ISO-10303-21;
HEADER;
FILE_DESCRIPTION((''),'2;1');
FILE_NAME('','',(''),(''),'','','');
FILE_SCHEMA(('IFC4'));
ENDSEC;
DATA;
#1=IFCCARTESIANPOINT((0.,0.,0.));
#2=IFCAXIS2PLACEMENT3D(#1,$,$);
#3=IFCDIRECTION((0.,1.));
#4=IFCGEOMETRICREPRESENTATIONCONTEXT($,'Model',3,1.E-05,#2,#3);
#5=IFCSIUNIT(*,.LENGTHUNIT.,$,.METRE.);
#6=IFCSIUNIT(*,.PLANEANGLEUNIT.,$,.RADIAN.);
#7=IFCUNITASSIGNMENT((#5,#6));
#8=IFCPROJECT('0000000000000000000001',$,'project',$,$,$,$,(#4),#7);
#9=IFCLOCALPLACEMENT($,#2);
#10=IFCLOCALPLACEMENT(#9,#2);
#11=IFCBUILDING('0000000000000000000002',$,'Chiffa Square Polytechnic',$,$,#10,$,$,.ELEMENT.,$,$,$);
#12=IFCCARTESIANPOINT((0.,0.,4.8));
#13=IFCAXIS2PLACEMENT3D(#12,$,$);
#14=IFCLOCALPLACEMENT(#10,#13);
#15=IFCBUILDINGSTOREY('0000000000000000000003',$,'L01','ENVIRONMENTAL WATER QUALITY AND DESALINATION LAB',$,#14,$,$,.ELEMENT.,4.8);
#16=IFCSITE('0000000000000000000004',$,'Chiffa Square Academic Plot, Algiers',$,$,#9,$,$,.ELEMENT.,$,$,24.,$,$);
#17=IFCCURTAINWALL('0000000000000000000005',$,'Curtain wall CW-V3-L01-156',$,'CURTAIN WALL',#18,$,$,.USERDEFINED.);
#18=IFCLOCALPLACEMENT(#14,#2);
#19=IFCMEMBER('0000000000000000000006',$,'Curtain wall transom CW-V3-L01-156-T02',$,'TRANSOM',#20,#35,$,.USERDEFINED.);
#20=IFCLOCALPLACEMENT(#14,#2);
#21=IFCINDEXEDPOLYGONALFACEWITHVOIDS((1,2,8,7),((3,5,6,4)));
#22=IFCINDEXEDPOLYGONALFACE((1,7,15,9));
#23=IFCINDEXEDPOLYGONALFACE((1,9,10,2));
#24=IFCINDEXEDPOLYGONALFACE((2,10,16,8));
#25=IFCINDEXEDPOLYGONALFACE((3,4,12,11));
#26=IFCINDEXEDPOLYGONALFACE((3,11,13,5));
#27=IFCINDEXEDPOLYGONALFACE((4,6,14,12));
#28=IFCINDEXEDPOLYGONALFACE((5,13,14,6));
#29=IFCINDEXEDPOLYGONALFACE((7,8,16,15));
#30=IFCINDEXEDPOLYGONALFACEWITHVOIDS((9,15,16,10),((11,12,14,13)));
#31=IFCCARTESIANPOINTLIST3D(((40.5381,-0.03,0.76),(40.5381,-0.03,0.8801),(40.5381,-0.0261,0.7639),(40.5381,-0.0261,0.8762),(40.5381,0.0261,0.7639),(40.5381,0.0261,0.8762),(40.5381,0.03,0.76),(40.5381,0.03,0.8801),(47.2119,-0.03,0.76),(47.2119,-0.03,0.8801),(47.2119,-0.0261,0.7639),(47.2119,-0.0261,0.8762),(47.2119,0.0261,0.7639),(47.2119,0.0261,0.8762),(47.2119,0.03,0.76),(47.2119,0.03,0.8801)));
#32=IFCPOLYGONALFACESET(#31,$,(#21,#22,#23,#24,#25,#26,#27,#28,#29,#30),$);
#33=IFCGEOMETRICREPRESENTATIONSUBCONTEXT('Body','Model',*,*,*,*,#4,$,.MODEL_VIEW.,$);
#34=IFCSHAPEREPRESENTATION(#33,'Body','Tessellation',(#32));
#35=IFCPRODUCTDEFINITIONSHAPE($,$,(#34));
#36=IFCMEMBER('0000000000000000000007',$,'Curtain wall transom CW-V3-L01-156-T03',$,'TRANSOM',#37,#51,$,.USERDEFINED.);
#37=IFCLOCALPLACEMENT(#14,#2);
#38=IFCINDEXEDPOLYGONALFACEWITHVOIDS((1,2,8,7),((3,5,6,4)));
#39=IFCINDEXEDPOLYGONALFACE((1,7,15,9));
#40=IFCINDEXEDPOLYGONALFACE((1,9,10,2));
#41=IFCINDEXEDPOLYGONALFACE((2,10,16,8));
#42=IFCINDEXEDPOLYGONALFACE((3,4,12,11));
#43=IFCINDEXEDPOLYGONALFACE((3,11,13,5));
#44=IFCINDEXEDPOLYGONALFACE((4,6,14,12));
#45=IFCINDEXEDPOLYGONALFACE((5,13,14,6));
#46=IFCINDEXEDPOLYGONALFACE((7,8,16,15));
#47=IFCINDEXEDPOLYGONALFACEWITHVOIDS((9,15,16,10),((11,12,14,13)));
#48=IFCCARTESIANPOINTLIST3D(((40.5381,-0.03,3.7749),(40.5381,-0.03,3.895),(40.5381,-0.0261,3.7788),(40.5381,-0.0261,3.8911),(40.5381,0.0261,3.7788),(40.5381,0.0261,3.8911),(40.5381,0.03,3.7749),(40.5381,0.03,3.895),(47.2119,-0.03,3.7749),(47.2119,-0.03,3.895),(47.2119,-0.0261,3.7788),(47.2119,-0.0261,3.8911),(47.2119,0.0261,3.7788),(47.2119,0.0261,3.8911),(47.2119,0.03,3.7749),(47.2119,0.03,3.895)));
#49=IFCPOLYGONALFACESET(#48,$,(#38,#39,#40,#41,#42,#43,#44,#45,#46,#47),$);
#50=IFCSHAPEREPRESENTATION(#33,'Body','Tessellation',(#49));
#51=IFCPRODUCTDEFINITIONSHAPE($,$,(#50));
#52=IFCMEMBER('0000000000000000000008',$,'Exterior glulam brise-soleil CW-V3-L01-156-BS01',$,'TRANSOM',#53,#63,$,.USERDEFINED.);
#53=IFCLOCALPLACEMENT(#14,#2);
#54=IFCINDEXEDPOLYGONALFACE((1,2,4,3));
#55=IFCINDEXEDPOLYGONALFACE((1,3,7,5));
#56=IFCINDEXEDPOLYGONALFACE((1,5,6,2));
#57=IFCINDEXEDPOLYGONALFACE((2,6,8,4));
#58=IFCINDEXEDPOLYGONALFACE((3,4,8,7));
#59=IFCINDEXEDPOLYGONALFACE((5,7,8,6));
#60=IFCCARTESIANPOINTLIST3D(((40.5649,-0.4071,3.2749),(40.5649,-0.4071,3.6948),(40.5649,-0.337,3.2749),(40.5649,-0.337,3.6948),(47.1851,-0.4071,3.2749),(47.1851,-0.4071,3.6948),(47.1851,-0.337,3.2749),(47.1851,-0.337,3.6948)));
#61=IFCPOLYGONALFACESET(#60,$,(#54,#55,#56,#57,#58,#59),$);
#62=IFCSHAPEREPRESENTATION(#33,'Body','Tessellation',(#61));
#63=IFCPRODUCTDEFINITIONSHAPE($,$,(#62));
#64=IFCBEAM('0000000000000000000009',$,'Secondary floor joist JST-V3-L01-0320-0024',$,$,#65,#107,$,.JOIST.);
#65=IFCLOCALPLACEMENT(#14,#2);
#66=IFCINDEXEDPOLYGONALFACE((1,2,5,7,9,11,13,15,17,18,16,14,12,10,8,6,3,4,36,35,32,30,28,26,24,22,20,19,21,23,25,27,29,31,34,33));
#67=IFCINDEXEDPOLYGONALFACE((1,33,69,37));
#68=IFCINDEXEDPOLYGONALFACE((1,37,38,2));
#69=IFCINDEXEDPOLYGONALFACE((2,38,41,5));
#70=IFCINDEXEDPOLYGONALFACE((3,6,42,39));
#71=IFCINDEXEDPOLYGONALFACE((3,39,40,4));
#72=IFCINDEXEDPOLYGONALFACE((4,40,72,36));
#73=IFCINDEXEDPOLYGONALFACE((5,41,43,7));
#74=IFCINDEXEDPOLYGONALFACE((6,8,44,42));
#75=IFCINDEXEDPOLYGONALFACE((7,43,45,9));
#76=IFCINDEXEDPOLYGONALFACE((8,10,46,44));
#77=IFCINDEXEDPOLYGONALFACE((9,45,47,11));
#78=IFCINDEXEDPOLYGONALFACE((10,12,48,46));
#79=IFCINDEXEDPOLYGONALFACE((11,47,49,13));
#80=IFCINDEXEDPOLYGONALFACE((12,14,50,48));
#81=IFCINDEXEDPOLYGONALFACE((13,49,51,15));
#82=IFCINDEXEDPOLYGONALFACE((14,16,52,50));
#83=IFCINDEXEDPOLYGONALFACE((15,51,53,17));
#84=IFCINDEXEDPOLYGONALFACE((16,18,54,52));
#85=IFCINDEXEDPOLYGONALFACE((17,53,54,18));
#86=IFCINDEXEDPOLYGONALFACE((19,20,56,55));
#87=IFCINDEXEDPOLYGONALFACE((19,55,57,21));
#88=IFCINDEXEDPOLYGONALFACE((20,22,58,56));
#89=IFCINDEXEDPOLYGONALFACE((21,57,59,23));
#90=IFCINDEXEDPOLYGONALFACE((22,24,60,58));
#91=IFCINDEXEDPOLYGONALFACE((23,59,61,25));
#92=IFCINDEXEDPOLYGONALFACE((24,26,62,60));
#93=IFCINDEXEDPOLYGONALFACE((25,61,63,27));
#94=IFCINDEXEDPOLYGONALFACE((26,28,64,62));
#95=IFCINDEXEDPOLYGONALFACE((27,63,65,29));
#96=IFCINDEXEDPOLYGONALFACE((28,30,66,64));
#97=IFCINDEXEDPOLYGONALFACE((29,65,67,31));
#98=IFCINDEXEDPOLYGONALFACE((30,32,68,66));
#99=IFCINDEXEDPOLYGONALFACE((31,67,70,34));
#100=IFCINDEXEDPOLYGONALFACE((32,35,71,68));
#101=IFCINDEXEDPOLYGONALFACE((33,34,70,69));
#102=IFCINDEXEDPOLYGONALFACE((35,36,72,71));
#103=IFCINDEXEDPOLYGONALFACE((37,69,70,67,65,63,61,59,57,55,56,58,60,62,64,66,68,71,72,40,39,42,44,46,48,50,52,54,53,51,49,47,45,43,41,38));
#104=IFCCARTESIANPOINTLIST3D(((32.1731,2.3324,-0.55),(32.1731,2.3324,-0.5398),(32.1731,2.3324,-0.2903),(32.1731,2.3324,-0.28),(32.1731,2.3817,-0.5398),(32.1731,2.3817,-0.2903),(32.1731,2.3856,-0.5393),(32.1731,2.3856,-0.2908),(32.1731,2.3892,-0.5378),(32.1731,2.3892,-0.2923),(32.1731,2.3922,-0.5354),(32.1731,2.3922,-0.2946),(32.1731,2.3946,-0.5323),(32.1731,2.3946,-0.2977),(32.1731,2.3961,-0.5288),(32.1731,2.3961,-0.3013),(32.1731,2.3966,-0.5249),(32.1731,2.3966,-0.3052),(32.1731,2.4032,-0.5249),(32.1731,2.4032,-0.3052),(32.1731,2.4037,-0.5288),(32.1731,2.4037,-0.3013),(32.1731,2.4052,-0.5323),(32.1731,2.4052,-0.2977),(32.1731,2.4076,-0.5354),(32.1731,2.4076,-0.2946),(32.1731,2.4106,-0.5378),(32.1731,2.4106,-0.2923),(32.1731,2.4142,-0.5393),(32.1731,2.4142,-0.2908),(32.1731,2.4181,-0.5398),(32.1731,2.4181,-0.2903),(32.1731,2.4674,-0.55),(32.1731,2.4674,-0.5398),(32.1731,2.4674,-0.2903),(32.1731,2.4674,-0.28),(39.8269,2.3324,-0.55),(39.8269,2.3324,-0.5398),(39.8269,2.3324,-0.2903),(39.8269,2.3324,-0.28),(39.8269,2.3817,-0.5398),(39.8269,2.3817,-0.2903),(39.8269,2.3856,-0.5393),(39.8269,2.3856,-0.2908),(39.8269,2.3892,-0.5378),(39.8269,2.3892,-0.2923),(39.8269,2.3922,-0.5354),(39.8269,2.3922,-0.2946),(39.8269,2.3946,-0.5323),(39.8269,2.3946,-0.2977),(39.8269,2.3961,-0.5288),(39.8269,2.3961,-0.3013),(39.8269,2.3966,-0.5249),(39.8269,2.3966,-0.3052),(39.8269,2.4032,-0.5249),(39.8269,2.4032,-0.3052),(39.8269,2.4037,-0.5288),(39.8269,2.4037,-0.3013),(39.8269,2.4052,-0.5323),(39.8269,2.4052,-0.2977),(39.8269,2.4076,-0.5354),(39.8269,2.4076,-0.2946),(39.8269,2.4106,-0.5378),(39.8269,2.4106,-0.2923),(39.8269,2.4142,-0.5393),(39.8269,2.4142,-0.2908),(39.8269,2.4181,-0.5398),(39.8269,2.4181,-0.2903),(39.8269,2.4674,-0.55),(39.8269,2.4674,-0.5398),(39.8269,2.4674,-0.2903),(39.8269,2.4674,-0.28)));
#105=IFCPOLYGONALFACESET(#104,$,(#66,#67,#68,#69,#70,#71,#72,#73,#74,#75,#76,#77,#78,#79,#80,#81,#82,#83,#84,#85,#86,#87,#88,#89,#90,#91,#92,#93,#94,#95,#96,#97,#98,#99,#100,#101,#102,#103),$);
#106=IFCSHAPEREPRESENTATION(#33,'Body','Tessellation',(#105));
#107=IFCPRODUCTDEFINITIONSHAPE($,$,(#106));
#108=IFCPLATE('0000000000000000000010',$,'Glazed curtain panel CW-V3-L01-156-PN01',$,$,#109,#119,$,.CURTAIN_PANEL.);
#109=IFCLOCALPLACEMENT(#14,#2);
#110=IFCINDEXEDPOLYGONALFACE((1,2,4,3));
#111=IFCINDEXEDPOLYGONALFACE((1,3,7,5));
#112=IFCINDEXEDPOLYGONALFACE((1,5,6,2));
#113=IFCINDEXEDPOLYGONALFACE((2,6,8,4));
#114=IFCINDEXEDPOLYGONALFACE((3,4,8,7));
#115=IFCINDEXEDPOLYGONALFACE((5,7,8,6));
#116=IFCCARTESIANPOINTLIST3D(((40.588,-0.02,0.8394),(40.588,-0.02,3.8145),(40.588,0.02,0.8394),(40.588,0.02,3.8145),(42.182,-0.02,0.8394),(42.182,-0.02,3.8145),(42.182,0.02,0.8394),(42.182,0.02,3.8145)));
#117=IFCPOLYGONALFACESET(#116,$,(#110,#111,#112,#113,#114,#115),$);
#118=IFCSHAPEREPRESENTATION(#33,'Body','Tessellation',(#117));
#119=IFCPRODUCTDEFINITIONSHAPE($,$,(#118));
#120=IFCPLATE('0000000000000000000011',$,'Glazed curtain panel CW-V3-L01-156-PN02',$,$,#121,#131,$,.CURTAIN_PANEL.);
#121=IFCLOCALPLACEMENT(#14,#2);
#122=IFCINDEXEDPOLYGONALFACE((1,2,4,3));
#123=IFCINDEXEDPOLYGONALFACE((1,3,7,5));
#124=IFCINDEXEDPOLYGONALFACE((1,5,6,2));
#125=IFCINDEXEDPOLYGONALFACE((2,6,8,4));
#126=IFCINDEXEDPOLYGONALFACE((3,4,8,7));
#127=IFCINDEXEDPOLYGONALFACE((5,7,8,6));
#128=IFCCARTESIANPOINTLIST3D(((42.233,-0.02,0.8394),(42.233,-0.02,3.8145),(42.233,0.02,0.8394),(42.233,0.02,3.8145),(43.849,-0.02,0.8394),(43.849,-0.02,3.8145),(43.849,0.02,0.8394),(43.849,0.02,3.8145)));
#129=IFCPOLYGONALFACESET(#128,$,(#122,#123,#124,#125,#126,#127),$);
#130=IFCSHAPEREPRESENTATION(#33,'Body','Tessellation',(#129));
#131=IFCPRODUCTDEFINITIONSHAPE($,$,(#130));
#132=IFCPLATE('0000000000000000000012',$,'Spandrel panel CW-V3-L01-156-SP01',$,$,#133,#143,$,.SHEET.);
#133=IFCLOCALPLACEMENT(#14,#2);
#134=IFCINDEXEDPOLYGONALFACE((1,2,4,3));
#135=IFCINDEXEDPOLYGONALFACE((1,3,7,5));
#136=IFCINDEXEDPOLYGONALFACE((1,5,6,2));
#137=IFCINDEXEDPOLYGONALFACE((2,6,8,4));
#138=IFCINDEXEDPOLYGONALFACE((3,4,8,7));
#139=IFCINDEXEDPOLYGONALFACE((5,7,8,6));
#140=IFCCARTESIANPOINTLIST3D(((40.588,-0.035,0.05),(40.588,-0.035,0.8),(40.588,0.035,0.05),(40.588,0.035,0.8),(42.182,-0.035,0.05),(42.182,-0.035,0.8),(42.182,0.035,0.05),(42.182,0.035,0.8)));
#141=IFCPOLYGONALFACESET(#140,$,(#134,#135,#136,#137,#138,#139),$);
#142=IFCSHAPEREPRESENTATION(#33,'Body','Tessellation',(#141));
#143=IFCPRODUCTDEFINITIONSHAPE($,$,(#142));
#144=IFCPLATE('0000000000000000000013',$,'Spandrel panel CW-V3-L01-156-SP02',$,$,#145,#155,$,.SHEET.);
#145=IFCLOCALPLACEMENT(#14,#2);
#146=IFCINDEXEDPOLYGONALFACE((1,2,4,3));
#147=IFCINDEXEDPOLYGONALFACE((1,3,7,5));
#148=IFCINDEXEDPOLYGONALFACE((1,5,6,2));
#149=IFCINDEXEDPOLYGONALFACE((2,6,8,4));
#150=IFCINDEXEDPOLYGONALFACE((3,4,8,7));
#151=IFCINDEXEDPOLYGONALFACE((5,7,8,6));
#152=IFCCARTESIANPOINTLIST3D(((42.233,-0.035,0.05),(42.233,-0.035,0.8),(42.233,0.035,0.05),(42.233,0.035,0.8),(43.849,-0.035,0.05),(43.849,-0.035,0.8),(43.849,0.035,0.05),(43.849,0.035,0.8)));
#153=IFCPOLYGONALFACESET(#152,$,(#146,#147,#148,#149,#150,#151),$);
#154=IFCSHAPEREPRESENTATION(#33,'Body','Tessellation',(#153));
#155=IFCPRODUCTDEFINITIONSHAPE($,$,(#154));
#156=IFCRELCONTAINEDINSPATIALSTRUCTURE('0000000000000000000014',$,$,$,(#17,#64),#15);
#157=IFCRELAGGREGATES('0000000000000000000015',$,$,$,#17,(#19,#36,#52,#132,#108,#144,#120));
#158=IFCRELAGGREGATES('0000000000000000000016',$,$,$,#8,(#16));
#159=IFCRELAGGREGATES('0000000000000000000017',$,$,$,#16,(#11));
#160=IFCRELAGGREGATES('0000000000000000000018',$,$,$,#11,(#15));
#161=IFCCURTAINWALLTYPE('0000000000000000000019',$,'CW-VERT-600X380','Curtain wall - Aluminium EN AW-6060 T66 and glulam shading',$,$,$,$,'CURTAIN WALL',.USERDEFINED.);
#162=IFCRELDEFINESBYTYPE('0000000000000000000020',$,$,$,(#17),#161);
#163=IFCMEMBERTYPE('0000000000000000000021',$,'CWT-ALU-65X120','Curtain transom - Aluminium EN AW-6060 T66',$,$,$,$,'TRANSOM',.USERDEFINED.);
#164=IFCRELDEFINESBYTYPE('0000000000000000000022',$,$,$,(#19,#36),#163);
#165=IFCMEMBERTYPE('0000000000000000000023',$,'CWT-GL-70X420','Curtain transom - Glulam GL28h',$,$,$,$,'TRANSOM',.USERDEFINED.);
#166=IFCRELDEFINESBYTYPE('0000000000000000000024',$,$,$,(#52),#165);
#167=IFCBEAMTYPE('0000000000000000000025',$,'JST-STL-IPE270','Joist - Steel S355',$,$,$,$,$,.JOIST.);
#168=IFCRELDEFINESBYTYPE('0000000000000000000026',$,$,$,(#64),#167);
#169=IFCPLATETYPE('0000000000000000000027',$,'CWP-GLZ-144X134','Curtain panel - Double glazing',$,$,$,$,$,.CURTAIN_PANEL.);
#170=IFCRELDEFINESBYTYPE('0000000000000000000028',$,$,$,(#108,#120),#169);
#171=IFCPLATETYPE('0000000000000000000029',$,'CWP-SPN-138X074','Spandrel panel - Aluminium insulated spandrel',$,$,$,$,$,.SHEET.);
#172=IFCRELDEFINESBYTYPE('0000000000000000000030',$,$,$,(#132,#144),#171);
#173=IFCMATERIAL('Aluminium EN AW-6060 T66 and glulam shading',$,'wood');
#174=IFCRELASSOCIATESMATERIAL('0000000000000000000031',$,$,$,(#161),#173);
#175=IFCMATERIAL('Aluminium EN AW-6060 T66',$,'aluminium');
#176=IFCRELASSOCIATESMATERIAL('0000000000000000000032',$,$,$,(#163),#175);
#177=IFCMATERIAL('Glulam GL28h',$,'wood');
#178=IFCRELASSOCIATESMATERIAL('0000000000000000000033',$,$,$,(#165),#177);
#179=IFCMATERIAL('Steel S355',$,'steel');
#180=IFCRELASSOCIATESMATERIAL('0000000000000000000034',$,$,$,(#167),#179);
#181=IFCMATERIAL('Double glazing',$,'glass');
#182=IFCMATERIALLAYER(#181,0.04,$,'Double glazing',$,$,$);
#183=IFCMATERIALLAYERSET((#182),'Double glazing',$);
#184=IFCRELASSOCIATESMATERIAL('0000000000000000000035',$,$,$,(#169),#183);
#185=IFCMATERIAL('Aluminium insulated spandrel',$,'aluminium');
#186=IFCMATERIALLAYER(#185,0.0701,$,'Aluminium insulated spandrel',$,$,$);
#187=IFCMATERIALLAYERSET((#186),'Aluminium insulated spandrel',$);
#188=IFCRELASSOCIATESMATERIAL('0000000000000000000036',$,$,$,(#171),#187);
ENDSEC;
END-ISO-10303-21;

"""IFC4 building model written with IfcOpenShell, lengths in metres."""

from ifc_helpers import new_model, si_unit, direction, frame, origin, origin_2d, place, context, subcontext, project, spatial, rectangle, hollow_rectangle, i_section, extrude, material, layer, layer_set, material_profile, profile_set, type_object, element, aggregate, save


model = new_model("IFC4")

# Units and contexts
model_context = context("Model", 3, precision=1e-05, world=origin(), true_north=direction((0.0, 1.0)))
body_context = subcontext(model_context, "Body", "Model", "MODEL_VIEW")
ifc_project = project(units=[si_unit("LENGTHUNIT", "METRE"), si_unit("PLANEANGLEUNIT", "RADIAN")], contexts=[model_context])

# Site, building, storey
site_placement = place(None, origin())
site = spatial("IfcSite", under=ifc_project, at=site_placement, Name="Chiffa Square Academic Plot, Algiers", CompositionType="ELEMENT", RefElevation=24.0)
building_placement = place(site_placement, origin())
building = spatial("IfcBuilding", under=site, at=building_placement, Name="Chiffa Square Polytechnic", CompositionType="ELEMENT")
storey_placement = place(building_placement, frame((0.0, 0.0, 4.8)))
storey = spatial("IfcBuildingStorey", under=building, at=storey_placement, Name="L01", Description="ENVIRONMENTAL WATER QUALITY AND DESALINATION LAB", CompositionType="ELEMENT", Elevation=4.8)

# Curtain wall, members
ifc_material_1 = material(Name="Aluminium EN AW-6060 T66 and glulam shading", Category="wood")
curtain_wall_type = type_object("IfcCurtainWallType", Name="CW-VERT-600X380", Description="Curtain wall - Aluminium EN AW-6060 T66 and glulam shading", ElementType="CURTAIN WALL", PredefinedType="USERDEFINED", material=ifc_material_1)
curtain_wall_placement = place(storey_placement, origin())
curtain_wall = element("IfcCurtainWall", 1, at=curtain_wall_placement, inside=storey, type_object=curtain_wall_type, Name="Curtain wall CW-V3-L01-156", ObjectType="CURTAIN WALL", PredefinedType="USERDEFINED")
ifc_material_2 = material(Name="Aluminium EN AW-6060 T66", Category="aluminium")
ifc_material_3 = material(Name="Glulam GL28h", Category="wood")
ifc_material_profile_1 = material_profile(ifc_material_2, hollow_rectangle(XDim=0.0601, YDim=0.1201, WallThickness=0.0039, at=origin_2d()), Name="ALU 60x120x4")
ifc_profile_set_1 = profile_set([ifc_material_profile_1], Name="Aluminium EN AW-6060 T66")
member_type_1 = type_object("IfcMemberType", Name="CWT-ALU-65X120", Description="Curtain transom - Aluminium EN AW-6060 T66", ElementType="TRANSOM", PredefinedType="USERDEFINED", material=ifc_profile_set_1)
member_1_placement = place(storey_placement, frame((40.5381, 0.0, 0.8201), z_axis=(1.0, 0.0, 0.0), x_axis=(0.0, 1.0, 0.0)))
member_1 = element("IfcMember", 2, at=member_1_placement, type_object=member_type_1, Name="Curtain wall transom CW-V3-L01-156-T02", ObjectType="TRANSOM", PredefinedType="USERDEFINED", context=body_context, shape_type="SweptSolid", body=[
    extrude(hollow_rectangle(XDim=0.0601, YDim=0.1201, WallThickness=0.0039, at=origin_2d()), origin(), (0.0, 0.0, 1.0), 6.6738),
])
member_2_placement = place(storey_placement, frame((40.5381, 0.0, 3.835), z_axis=(1.0, 0.0, 0.0), x_axis=(0.0, 1.0, 0.0)))
member_2 = element("IfcMember", 3, at=member_2_placement, type_object=member_type_1, Name="Curtain wall transom CW-V3-L01-156-T03", ObjectType="TRANSOM", PredefinedType="USERDEFINED", context=body_context, shape_type="SweptSolid", body=[
    extrude(hollow_rectangle(XDim=0.0601, YDim=0.1201, WallThickness=0.0039, at=origin_2d()), origin(), (0.0, 0.0, 1.0), 6.6738),
])
ifc_material_profile_2 = material_profile(ifc_material_3, rectangle(XDim=0.0701, YDim=0.4199, at=origin_2d()), Name="GL28h 70x420")
ifc_profile_set_2 = profile_set([ifc_material_profile_2], Name="Glulam GL28h")
member_type_2 = type_object("IfcMemberType", Name="CWT-GL-70X420", Description="Curtain transom - Glulam GL28h", ElementType="TRANSOM", PredefinedType="USERDEFINED", material=ifc_profile_set_2)
member_3_placement = place(storey_placement, frame((40.5649, -0.3721, 3.4849), z_axis=(1.0, 0.0, 0.0), x_axis=(0.0, 1.0, 0.0)))
member_3 = element("IfcMember", 4, at=member_3_placement, type_object=member_type_2, Name="Exterior glulam brise-soleil CW-V3-L01-156-BS01", ObjectType="TRANSOM", PredefinedType="USERDEFINED", context=body_context, shape_type="SweptSolid", body=[
    extrude(rectangle(XDim=0.0701, YDim=0.4199, at=origin_2d()), origin(), (0.0, 0.0, 1.0), 6.6201),
])

# Beam
ifc_material_4 = material(Name="Steel S355", Category="steel")
ifc_material_profile_3 = material_profile(ifc_material_4, i_section(OverallWidth=0.135, OverallDepth=0.27, WebThickness=0.0066, FlangeThickness=0.0103, FilletRadius=0.0149, at=origin_2d()), Name="IPE 270")
ifc_profile_set_3 = profile_set([ifc_material_profile_3], Name="Steel S355")
beam_type_1 = type_object("IfcBeamType", Name="JST-STL-IPE270", Description="Joist - Steel S355", PredefinedType="JOIST", material=ifc_profile_set_3)
beam_placement = place(storey_placement, frame((32.1731, 2.3999, -0.415), z_axis=(1.0, 0.0, 0.0), x_axis=(0.0, 1.0, 0.0)))
element("IfcBeam", 5, at=beam_placement, inside=storey, type_object=beam_type_1, Name="Secondary floor joist JST-V3-L01-0320-0024", PredefinedType="JOIST", context=body_context, shape_type="SweptSolid", body=[
    extrude(i_section(OverallWidth=0.135, OverallDepth=0.27, WebThickness=0.0066, FlangeThickness=0.0103, FilletRadius=0.0149, at=origin_2d()), origin(), (0.0, 0.0, 1.0), 7.6538),
])

# Plates
ifc_material_5 = material(Name="Double glazing", Category="glass")
ifc_layer_1 = layer(ifc_material_5, 0.04, Name="Double glazing")
ifc_layer_set_1 = layer_set([ifc_layer_1], Name="Double glazing")
plate_type_1 = type_object("IfcPlateType", Name="CWP-GLZ-144X134", Description="Curtain panel - Double glazing", PredefinedType="CURTAIN_PANEL", material=ifc_layer_set_1)
plate_1_placement = place(storey_placement, frame((41.385, 0.0, 0.8394), z_axis=(0.0, 0.0, 1.0), x_axis=(1.0, 0.0, 0.0)))
plate_1 = element("IfcPlate", 6, at=plate_1_placement, type_object=plate_type_1, Name="Glazed curtain panel CW-V3-L01-156-PN01", PredefinedType="CURTAIN_PANEL", context=body_context, shape_type="SweptSolid", body=[
    extrude(rectangle(XDim=1.594, YDim=0.04, at=origin_2d()), origin(), (0.0, 0.0, 1.0), 2.9751),
])
plate_2_placement = place(storey_placement, frame((43.041, 0.0, 0.8394), z_axis=(0.0, 0.0, 1.0), x_axis=(1.0, 0.0, 0.0)))
plate_2 = element("IfcPlate", 7, at=plate_2_placement, type_object=plate_type_1, Name="Glazed curtain panel CW-V3-L01-156-PN02", PredefinedType="CURTAIN_PANEL", context=body_context, shape_type="SweptSolid", body=[
    extrude(rectangle(XDim=1.616, YDim=0.04, at=origin_2d()), origin(), (0.0, 0.0, 1.0), 2.9751),
])
ifc_material_6 = material(Name="Aluminium insulated spandrel", Category="aluminium")
ifc_layer_2 = layer(ifc_material_6, 0.0701, Name="Aluminium insulated spandrel")
ifc_layer_set_2 = layer_set([ifc_layer_2], Name="Aluminium insulated spandrel")
plate_type_2 = type_object("IfcPlateType", Name="CWP-SPN-138X074", Description="Spandrel panel - Aluminium insulated spandrel", PredefinedType="SHEET", material=ifc_layer_set_2)
plate_3_placement = place(storey_placement, frame((41.385, 0.0, 0.05), z_axis=(0.0, 0.0, 1.0), x_axis=(1.0, 0.0, 0.0)))
plate_3 = element("IfcPlate", 8, at=plate_3_placement, type_object=plate_type_2, Name="Spandrel panel CW-V3-L01-156-SP01", PredefinedType="SHEET", context=body_context, shape_type="SweptSolid", body=[
    extrude(rectangle(XDim=1.594, YDim=0.0701, at=origin_2d()), origin(), (0.0, 0.0, 1.0), 0.75),
])
plate_4_placement = place(storey_placement, frame((43.041, 0.0, 0.05), z_axis=(0.0, 0.0, 1.0), x_axis=(1.0, 0.0, 0.0)))
plate_4 = element("IfcPlate", 9, at=plate_4_placement, type_object=plate_type_2, Name="Spandrel panel CW-V3-L01-156-SP02", PredefinedType="SHEET", context=body_context, shape_type="SweptSolid", body=[
    extrude(rectangle(XDim=1.616, YDim=0.0701, at=origin_2d()), origin(), (0.0, 0.0, 1.0), 0.75),
])
aggregate(curtain_wall, [member_1, member_2, member_3, plate_3, plate_1, plate_4, plate_2])

save(model, "model.ifc")
